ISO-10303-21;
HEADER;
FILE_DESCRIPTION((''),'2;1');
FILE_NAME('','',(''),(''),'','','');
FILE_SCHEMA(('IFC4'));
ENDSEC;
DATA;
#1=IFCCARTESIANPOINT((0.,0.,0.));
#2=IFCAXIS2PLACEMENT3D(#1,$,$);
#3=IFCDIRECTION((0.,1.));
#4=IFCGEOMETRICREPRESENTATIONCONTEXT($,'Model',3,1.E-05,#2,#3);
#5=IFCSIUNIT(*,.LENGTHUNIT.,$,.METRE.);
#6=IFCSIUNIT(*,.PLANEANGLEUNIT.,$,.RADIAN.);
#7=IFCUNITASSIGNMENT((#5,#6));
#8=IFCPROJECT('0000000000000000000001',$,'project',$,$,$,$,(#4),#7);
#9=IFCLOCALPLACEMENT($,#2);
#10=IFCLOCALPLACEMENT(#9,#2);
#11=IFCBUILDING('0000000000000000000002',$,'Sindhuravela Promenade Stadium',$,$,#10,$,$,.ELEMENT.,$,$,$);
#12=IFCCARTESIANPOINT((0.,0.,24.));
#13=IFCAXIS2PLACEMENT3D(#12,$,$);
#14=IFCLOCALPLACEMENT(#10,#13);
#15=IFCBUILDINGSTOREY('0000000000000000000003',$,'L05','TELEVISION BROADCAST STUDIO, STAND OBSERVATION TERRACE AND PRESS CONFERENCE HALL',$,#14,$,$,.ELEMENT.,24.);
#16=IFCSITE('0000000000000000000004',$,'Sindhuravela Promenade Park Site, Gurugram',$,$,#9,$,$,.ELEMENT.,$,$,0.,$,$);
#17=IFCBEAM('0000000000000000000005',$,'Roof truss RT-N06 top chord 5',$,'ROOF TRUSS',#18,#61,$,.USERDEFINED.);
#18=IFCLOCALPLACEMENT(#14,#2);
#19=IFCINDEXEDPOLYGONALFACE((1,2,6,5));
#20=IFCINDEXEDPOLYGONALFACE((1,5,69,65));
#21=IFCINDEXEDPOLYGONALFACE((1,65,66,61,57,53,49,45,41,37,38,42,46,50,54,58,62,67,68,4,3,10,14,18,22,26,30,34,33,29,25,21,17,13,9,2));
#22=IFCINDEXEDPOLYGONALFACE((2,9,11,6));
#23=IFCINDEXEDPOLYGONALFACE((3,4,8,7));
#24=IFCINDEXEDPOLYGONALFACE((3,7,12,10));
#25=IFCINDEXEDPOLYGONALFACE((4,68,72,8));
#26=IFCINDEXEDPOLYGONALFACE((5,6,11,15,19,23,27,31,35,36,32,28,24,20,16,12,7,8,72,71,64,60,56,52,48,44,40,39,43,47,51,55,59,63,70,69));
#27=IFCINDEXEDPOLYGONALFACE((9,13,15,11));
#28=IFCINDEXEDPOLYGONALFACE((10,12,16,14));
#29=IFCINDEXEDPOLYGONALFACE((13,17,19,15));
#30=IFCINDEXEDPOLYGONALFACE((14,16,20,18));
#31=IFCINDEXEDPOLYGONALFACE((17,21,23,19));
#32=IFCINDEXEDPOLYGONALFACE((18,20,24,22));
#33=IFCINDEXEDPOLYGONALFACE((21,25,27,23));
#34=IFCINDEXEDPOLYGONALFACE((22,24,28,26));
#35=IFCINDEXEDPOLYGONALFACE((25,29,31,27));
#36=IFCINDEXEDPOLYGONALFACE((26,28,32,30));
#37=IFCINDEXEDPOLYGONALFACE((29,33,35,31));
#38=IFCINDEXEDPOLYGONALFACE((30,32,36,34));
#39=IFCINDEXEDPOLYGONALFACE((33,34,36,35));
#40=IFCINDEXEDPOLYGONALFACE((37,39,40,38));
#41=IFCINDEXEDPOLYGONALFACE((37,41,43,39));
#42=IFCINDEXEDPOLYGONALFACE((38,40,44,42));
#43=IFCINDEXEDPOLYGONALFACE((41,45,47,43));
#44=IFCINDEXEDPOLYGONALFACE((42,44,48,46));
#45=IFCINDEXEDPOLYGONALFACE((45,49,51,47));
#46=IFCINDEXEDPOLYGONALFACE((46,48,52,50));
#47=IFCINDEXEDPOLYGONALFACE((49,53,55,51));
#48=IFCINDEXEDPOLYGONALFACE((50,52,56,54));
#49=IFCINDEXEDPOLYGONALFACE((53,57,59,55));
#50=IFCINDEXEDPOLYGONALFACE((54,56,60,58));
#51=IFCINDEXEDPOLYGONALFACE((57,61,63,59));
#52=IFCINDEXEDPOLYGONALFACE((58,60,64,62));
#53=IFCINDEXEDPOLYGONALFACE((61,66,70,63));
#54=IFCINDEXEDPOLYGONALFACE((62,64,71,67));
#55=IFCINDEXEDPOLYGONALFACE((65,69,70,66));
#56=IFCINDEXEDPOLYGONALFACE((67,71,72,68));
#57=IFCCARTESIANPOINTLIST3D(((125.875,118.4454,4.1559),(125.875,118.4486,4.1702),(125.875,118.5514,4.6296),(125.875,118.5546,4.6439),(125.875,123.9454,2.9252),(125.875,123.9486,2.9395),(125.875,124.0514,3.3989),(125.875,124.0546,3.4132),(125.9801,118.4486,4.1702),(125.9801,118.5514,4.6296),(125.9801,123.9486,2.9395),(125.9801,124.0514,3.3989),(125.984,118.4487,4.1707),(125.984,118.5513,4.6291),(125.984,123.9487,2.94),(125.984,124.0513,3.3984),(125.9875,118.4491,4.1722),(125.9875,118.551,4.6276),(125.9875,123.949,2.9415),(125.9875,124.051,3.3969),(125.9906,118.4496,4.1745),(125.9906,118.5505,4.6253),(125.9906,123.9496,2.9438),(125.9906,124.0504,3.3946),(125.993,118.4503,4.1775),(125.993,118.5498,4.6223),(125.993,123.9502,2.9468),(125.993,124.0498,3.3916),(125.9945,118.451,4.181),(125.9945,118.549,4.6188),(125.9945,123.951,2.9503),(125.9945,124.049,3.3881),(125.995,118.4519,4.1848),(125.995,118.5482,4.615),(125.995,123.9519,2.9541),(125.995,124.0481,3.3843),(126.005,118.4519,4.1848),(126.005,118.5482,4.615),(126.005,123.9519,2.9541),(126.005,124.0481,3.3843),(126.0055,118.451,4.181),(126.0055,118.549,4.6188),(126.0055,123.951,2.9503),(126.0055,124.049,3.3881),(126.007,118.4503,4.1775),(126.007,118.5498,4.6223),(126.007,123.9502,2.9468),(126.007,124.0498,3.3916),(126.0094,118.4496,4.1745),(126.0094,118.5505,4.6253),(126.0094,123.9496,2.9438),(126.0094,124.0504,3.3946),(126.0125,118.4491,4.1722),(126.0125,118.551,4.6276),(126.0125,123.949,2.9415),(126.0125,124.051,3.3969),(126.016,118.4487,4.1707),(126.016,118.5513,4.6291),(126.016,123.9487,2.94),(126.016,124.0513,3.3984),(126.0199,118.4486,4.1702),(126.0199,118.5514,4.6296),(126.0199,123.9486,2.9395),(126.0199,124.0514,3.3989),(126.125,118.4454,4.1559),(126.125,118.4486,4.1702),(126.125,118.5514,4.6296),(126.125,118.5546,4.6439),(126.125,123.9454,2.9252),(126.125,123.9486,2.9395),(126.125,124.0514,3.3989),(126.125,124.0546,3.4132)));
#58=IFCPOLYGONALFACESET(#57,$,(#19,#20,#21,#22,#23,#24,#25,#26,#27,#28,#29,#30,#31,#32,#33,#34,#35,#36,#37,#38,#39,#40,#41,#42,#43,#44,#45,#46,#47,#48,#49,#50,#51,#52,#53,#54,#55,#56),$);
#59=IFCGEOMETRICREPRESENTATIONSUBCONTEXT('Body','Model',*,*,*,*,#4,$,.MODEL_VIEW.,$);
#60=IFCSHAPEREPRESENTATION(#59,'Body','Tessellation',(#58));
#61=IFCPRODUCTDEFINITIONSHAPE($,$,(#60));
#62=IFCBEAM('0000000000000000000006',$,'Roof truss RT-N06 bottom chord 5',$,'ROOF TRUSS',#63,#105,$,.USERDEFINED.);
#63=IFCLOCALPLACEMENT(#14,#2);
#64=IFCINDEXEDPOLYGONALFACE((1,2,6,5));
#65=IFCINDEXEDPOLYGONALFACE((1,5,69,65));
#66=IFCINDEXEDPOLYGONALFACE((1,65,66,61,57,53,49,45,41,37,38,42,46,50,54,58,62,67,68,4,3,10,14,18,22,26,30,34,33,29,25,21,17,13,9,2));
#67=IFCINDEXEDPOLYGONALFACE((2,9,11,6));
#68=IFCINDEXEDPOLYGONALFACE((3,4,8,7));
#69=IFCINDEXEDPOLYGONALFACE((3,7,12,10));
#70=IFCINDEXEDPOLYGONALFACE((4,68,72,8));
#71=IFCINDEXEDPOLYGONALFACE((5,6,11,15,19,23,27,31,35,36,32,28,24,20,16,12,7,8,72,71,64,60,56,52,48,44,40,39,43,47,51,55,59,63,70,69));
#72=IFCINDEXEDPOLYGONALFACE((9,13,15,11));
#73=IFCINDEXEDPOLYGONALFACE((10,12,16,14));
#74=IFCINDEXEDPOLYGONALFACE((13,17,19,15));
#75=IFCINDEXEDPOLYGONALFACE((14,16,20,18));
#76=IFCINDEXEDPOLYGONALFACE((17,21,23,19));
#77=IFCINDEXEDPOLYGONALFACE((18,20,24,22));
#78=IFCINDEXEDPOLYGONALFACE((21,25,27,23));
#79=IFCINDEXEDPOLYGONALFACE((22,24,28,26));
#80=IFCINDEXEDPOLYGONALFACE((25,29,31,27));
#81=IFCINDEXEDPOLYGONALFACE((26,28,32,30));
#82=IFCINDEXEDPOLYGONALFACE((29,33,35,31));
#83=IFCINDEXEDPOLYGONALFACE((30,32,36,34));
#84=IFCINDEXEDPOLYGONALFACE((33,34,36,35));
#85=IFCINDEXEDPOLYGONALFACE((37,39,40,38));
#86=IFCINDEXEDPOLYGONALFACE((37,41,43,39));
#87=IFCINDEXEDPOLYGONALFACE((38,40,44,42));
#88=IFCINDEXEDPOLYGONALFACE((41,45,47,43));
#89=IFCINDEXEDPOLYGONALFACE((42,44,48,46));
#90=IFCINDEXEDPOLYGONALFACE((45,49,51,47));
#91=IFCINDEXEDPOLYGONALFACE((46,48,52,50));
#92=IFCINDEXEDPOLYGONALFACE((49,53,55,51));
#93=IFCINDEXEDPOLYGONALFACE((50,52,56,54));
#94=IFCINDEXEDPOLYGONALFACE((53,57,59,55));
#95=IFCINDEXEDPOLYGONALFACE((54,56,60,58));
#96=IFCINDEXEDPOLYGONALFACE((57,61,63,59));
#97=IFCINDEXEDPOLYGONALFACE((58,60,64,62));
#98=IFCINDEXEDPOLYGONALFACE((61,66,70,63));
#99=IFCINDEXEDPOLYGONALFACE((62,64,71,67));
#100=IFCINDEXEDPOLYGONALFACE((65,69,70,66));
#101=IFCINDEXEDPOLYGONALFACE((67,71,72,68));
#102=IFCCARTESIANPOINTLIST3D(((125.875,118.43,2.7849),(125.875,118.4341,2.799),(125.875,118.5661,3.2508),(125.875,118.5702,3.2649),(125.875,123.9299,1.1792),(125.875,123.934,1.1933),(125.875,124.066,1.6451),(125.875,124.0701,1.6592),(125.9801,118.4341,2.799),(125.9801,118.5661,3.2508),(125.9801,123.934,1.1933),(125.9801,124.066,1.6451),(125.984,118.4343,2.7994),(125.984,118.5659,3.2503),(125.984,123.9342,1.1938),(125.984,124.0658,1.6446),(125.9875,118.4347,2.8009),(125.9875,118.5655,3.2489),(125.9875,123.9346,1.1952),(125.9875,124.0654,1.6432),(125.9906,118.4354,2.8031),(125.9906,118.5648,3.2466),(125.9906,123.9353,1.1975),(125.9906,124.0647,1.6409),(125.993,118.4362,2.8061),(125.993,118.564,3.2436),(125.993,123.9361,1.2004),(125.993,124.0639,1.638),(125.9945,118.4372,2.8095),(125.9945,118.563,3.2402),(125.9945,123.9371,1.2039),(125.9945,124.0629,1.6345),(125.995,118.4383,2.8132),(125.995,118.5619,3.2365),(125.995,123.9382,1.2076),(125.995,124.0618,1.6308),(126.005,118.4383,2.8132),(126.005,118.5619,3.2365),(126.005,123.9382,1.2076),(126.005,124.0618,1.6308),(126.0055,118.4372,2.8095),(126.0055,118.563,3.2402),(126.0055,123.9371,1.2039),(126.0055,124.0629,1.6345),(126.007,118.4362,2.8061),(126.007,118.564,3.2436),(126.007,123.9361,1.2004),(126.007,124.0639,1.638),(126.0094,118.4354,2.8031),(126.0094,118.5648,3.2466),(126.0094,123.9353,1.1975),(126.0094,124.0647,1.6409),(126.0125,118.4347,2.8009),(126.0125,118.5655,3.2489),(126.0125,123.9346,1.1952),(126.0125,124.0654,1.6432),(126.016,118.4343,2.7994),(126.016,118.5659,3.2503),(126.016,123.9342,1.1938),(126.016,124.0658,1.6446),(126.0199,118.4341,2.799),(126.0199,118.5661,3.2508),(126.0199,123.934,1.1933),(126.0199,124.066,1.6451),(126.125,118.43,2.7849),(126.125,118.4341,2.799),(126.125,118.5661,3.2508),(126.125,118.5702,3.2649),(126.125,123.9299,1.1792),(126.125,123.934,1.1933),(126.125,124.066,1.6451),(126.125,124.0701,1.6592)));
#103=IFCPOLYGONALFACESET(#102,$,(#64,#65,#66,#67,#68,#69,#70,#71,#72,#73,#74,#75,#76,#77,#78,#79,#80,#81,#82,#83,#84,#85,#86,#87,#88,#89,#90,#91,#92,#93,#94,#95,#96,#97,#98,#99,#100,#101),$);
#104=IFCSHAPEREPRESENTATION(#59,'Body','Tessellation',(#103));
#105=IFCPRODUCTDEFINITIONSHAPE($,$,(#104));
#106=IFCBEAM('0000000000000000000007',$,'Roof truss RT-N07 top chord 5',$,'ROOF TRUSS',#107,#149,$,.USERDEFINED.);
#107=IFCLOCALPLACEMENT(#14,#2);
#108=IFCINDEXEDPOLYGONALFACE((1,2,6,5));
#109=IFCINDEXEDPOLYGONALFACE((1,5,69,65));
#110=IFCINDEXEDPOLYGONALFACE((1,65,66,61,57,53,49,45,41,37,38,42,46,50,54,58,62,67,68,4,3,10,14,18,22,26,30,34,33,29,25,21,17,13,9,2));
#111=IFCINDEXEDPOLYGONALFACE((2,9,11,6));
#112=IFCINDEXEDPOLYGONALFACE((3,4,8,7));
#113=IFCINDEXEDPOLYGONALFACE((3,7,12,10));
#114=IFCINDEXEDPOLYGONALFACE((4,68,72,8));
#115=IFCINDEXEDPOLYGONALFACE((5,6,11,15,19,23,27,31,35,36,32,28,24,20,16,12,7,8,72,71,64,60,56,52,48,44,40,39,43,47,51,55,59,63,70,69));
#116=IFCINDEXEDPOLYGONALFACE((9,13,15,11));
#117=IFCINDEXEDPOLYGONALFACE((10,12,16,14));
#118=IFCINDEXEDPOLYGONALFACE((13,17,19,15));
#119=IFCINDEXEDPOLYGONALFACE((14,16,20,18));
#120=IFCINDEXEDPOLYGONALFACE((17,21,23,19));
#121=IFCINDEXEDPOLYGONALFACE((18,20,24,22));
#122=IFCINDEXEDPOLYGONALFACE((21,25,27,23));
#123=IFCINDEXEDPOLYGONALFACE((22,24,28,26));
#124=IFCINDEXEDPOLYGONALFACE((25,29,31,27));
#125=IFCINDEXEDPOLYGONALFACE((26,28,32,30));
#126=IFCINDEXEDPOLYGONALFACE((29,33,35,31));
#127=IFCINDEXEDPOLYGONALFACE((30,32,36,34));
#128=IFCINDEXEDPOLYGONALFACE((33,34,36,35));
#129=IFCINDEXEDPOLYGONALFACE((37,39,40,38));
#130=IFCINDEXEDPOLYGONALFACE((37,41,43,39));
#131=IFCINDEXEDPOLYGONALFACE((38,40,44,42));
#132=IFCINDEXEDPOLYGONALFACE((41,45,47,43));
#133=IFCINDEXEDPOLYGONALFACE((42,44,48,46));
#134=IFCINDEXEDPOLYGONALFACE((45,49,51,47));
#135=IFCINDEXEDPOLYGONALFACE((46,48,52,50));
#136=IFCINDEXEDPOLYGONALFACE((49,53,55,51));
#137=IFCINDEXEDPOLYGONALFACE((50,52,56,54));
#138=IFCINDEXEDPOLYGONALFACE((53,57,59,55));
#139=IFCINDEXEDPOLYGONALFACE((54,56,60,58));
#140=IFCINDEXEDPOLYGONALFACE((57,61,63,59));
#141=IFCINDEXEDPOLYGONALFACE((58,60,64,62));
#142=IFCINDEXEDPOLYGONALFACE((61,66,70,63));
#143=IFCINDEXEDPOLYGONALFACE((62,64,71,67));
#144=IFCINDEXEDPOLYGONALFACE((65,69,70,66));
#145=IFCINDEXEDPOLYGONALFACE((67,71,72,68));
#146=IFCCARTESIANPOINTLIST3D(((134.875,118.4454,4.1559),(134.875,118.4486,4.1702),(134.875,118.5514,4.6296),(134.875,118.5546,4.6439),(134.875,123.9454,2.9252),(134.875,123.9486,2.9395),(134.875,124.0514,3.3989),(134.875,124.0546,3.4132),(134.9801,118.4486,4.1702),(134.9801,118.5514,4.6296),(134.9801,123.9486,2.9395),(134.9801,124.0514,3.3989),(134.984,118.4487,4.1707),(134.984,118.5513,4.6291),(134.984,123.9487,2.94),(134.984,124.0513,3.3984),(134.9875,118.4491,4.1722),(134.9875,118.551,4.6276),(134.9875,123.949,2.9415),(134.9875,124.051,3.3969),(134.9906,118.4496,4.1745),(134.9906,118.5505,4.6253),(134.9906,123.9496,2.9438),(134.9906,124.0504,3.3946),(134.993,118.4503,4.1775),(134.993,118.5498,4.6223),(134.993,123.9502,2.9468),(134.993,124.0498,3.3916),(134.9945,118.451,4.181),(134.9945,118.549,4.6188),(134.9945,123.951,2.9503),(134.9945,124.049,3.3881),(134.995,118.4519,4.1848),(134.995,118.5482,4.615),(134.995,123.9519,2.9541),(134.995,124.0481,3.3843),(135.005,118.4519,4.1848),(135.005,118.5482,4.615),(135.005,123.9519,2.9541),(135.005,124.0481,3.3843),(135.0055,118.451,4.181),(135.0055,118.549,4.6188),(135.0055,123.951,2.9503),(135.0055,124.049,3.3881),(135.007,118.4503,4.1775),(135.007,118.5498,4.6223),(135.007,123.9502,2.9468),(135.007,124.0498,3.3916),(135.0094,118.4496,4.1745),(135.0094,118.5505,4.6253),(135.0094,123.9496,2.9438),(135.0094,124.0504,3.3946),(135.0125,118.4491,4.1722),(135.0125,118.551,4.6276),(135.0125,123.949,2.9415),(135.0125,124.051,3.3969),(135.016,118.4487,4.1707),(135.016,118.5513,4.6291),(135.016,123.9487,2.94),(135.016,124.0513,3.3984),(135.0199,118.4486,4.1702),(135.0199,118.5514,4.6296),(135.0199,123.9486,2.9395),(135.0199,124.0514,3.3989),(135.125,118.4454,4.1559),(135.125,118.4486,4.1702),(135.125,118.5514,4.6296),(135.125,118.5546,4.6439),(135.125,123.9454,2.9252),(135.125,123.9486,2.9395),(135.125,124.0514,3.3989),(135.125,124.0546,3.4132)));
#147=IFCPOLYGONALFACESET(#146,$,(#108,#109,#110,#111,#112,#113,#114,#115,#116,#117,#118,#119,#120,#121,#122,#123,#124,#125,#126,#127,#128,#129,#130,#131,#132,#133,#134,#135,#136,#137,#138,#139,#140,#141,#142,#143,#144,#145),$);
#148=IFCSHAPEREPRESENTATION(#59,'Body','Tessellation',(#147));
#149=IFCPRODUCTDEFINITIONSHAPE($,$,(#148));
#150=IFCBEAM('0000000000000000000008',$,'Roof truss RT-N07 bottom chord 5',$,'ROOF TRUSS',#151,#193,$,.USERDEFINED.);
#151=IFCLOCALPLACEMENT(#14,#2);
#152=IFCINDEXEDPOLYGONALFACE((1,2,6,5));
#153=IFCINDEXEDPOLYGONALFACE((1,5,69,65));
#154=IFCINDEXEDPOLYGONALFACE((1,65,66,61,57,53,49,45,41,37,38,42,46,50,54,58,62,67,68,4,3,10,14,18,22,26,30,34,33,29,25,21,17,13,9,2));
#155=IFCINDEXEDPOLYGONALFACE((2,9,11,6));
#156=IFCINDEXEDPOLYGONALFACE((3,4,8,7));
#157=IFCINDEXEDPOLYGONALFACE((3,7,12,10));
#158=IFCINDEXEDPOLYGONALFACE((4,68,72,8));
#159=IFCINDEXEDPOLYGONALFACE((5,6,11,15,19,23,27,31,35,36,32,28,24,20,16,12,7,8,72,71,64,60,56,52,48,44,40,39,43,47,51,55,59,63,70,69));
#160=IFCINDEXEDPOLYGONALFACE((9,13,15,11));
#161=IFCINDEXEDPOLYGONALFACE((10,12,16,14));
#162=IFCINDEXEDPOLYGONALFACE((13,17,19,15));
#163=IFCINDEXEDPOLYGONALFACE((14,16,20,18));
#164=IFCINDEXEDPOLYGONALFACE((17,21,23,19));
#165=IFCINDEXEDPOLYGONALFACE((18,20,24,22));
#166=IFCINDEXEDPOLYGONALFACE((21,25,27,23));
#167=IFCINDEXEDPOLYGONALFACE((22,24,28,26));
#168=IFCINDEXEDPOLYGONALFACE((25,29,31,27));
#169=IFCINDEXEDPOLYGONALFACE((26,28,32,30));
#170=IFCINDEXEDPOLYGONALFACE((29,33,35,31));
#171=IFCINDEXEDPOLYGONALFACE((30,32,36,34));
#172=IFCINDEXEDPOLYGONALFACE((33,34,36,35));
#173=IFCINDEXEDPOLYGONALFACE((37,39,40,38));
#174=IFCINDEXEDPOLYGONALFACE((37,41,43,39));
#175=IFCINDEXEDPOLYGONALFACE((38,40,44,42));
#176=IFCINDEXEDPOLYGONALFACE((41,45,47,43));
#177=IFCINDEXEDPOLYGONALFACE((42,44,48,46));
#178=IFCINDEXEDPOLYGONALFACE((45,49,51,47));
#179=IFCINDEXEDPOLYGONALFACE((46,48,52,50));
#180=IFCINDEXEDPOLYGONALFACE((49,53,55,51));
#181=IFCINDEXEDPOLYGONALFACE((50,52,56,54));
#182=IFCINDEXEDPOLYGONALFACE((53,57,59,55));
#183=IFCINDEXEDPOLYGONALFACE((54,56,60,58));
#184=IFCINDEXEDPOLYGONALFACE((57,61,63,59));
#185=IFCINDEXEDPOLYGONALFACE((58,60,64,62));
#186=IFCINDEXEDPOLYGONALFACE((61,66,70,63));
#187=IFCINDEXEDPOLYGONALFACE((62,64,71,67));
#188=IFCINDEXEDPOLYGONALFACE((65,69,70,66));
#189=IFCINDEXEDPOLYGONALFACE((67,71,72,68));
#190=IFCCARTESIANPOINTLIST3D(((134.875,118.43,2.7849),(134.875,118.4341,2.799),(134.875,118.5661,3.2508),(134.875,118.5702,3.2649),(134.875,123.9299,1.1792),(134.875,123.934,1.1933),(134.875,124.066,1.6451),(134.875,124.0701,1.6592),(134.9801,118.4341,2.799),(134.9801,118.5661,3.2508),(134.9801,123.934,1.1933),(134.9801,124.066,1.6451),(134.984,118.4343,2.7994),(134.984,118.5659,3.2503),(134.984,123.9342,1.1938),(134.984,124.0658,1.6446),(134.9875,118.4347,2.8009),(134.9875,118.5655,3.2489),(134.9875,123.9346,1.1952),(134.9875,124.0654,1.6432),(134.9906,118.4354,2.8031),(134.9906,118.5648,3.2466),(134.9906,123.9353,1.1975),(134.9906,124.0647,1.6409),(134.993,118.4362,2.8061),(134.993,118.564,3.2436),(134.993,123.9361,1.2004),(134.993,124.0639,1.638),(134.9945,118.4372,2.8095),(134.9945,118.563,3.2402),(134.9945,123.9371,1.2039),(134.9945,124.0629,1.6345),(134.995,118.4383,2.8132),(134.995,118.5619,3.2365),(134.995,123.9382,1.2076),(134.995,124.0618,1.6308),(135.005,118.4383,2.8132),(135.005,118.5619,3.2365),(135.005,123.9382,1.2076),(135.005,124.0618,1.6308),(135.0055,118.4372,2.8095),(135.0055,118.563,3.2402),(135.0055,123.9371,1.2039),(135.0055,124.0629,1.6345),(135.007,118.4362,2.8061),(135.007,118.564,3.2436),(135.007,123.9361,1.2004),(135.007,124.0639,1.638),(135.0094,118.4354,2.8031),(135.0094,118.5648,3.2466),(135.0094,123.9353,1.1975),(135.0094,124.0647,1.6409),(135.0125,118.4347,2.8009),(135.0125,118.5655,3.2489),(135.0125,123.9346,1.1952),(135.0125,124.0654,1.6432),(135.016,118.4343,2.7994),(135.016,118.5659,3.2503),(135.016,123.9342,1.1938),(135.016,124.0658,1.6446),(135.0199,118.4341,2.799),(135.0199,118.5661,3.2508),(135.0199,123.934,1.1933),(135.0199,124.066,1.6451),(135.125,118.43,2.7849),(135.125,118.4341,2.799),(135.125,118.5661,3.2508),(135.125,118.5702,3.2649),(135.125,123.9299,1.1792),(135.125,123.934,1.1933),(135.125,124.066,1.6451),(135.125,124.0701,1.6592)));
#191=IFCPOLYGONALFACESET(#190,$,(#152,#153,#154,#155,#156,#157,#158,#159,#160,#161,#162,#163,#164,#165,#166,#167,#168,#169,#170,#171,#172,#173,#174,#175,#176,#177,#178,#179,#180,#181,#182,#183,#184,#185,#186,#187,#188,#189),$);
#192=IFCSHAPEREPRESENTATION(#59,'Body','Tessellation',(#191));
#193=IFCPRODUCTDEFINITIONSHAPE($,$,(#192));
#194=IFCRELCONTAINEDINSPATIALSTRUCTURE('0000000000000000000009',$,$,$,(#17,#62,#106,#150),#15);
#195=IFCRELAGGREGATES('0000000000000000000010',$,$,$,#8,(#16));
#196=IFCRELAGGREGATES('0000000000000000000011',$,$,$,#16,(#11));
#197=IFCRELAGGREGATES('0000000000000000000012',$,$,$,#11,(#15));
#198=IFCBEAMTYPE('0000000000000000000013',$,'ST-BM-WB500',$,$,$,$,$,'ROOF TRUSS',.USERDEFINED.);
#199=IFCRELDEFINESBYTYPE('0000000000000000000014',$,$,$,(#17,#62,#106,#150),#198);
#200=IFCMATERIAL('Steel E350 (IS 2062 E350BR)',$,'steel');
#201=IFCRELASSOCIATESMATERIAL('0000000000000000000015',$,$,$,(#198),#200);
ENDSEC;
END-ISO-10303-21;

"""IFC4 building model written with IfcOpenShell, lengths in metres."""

from ifc_helpers import new_model, si_unit, direction, frame, origin, origin_2d, place, context, subcontext, project, spatial, i_section, extrude, material, material_profile, profile_set, type_object, element, save


model = new_model("IFC4")

# Units and contexts
model_context = context("Model", 3, precision=1e-05, world=origin(), true_north=direction((0.0, 1.0)))
body_context = subcontext(model_context, "Body", "Model", "MODEL_VIEW")
ifc_project = project(units=[si_unit("LENGTHUNIT", "METRE"), si_unit("PLANEANGLEUNIT", "RADIAN")], contexts=[model_context])

# Site, building, storey
site_placement = place(None, origin())
site = spatial("IfcSite", under=ifc_project, at=site_placement, Name="Sindhuravela Promenade Park Site, Gurugram", CompositionType="ELEMENT", RefElevation=0.0)
building_placement = place(site_placement, origin())
building = spatial("IfcBuilding", under=site, at=building_placement, Name="Sindhuravela Promenade Stadium", CompositionType="ELEMENT")
storey_placement = place(building_placement, frame((0.0, 0.0, 24.0)))
storey = spatial("IfcBuildingStorey", under=building, at=storey_placement, Name="L05", Description="TELEVISION BROADCAST STUDIO, STAND OBSERVATION TERRACE AND PRESS CONFERENCE HALL", CompositionType="ELEMENT", Elevation=24.0)

# Beams
ifc_material_1 = material(Name="Steel E350 (IS 2062 E350BR)", Category="steel")
ifc_material_profile_1 = material_profile(ifc_material_1, i_section(OverallWidth=0.25, OverallDepth=0.5, WebThickness=0.01, FlangeThickness=0.0146, FilletRadius=0.0149, at=origin_2d()), Name="ISWB 500")
ifc_profile_set_1 = profile_set([ifc_material_profile_1], Name="Steel E350 (IS 2062 E350BR)")
beam_type = type_object("IfcBeamType", Name="ST-BM-WB500", ElementType="ROOF TRUSS", PredefinedType="USERDEFINED", material=ifc_profile_set_1)
beam_1_placement = place(storey_placement, frame((126.0, 124.0, 3.1692), z_axis=(0.0, -0.975867, 0.218366), x_axis=(1.0, 0.0, 0.0)))
element("IfcBeam", 1, at=beam_1_placement, inside=storey, type_object=beam_type, Name="Roof truss RT-N06 top chord 5", ObjectType="ROOF TRUSS", PredefinedType="USERDEFINED", context=body_context, shape_type="SweptSolid", body=[
    extrude(i_section(OverallWidth=0.25, OverallDepth=0.5, WebThickness=0.01, FlangeThickness=0.0146, FilletRadius=0.0149, at=origin_2d()), origin(), (0.0, 0.0, 1.0), 5.636),
])
beam_2_placement = place(storey_placement, frame((126.0, 124.0, 1.4192), z_axis=(0.0, -0.959927, 0.280249), x_axis=(1.0, 0.0, 0.0)))
element("IfcBeam", 2, at=beam_2_placement, inside=storey, type_object=beam_type, Name="Roof truss RT-N06 bottom chord 5", ObjectType="ROOF TRUSS", PredefinedType="USERDEFINED", context=body_context, shape_type="SweptSolid", body=[
    extrude(i_section(OverallWidth=0.25, OverallDepth=0.5, WebThickness=0.01, FlangeThickness=0.0146, FilletRadius=0.0149, at=origin_2d()), origin(), (0.0, 0.0, 1.0), 5.7295),
])
beam_3_placement = place(storey_placement, frame((135.0, 124.0, 3.1692), z_axis=(0.0, -0.975867, 0.218366), x_axis=(1.0, 0.0, 0.0)))
element("IfcBeam", 3, at=beam_3_placement, inside=storey, type_object=beam_type, Name="Roof truss RT-N07 top chord 5", ObjectType="ROOF TRUSS", PredefinedType="USERDEFINED", context=body_context, shape_type="SweptSolid", body=[
    extrude(i_section(OverallWidth=0.25, OverallDepth=0.5, WebThickness=0.01, FlangeThickness=0.0146, FilletRadius=0.0149, at=origin_2d()), origin(), (0.0, 0.0, 1.0), 5.636),
])
beam_4_placement = place(storey_placement, frame((135.0, 124.0, 1.4192), z_axis=(0.0, -0.959927, 0.280249), x_axis=(1.0, 0.0, 0.0)))
element("IfcBeam", 4, at=beam_4_placement, inside=storey, type_object=beam_type, Name="Roof truss RT-N07 bottom chord 5", ObjectType="ROOF TRUSS", PredefinedType="USERDEFINED", context=body_context, shape_type="SweptSolid", body=[
    extrude(i_section(OverallWidth=0.25, OverallDepth=0.5, WebThickness=0.01, FlangeThickness=0.0146, FilletRadius=0.0149, at=origin_2d()), origin(), (0.0, 0.0, 1.0), 5.7295),
])

save(model, "model.ifc")
